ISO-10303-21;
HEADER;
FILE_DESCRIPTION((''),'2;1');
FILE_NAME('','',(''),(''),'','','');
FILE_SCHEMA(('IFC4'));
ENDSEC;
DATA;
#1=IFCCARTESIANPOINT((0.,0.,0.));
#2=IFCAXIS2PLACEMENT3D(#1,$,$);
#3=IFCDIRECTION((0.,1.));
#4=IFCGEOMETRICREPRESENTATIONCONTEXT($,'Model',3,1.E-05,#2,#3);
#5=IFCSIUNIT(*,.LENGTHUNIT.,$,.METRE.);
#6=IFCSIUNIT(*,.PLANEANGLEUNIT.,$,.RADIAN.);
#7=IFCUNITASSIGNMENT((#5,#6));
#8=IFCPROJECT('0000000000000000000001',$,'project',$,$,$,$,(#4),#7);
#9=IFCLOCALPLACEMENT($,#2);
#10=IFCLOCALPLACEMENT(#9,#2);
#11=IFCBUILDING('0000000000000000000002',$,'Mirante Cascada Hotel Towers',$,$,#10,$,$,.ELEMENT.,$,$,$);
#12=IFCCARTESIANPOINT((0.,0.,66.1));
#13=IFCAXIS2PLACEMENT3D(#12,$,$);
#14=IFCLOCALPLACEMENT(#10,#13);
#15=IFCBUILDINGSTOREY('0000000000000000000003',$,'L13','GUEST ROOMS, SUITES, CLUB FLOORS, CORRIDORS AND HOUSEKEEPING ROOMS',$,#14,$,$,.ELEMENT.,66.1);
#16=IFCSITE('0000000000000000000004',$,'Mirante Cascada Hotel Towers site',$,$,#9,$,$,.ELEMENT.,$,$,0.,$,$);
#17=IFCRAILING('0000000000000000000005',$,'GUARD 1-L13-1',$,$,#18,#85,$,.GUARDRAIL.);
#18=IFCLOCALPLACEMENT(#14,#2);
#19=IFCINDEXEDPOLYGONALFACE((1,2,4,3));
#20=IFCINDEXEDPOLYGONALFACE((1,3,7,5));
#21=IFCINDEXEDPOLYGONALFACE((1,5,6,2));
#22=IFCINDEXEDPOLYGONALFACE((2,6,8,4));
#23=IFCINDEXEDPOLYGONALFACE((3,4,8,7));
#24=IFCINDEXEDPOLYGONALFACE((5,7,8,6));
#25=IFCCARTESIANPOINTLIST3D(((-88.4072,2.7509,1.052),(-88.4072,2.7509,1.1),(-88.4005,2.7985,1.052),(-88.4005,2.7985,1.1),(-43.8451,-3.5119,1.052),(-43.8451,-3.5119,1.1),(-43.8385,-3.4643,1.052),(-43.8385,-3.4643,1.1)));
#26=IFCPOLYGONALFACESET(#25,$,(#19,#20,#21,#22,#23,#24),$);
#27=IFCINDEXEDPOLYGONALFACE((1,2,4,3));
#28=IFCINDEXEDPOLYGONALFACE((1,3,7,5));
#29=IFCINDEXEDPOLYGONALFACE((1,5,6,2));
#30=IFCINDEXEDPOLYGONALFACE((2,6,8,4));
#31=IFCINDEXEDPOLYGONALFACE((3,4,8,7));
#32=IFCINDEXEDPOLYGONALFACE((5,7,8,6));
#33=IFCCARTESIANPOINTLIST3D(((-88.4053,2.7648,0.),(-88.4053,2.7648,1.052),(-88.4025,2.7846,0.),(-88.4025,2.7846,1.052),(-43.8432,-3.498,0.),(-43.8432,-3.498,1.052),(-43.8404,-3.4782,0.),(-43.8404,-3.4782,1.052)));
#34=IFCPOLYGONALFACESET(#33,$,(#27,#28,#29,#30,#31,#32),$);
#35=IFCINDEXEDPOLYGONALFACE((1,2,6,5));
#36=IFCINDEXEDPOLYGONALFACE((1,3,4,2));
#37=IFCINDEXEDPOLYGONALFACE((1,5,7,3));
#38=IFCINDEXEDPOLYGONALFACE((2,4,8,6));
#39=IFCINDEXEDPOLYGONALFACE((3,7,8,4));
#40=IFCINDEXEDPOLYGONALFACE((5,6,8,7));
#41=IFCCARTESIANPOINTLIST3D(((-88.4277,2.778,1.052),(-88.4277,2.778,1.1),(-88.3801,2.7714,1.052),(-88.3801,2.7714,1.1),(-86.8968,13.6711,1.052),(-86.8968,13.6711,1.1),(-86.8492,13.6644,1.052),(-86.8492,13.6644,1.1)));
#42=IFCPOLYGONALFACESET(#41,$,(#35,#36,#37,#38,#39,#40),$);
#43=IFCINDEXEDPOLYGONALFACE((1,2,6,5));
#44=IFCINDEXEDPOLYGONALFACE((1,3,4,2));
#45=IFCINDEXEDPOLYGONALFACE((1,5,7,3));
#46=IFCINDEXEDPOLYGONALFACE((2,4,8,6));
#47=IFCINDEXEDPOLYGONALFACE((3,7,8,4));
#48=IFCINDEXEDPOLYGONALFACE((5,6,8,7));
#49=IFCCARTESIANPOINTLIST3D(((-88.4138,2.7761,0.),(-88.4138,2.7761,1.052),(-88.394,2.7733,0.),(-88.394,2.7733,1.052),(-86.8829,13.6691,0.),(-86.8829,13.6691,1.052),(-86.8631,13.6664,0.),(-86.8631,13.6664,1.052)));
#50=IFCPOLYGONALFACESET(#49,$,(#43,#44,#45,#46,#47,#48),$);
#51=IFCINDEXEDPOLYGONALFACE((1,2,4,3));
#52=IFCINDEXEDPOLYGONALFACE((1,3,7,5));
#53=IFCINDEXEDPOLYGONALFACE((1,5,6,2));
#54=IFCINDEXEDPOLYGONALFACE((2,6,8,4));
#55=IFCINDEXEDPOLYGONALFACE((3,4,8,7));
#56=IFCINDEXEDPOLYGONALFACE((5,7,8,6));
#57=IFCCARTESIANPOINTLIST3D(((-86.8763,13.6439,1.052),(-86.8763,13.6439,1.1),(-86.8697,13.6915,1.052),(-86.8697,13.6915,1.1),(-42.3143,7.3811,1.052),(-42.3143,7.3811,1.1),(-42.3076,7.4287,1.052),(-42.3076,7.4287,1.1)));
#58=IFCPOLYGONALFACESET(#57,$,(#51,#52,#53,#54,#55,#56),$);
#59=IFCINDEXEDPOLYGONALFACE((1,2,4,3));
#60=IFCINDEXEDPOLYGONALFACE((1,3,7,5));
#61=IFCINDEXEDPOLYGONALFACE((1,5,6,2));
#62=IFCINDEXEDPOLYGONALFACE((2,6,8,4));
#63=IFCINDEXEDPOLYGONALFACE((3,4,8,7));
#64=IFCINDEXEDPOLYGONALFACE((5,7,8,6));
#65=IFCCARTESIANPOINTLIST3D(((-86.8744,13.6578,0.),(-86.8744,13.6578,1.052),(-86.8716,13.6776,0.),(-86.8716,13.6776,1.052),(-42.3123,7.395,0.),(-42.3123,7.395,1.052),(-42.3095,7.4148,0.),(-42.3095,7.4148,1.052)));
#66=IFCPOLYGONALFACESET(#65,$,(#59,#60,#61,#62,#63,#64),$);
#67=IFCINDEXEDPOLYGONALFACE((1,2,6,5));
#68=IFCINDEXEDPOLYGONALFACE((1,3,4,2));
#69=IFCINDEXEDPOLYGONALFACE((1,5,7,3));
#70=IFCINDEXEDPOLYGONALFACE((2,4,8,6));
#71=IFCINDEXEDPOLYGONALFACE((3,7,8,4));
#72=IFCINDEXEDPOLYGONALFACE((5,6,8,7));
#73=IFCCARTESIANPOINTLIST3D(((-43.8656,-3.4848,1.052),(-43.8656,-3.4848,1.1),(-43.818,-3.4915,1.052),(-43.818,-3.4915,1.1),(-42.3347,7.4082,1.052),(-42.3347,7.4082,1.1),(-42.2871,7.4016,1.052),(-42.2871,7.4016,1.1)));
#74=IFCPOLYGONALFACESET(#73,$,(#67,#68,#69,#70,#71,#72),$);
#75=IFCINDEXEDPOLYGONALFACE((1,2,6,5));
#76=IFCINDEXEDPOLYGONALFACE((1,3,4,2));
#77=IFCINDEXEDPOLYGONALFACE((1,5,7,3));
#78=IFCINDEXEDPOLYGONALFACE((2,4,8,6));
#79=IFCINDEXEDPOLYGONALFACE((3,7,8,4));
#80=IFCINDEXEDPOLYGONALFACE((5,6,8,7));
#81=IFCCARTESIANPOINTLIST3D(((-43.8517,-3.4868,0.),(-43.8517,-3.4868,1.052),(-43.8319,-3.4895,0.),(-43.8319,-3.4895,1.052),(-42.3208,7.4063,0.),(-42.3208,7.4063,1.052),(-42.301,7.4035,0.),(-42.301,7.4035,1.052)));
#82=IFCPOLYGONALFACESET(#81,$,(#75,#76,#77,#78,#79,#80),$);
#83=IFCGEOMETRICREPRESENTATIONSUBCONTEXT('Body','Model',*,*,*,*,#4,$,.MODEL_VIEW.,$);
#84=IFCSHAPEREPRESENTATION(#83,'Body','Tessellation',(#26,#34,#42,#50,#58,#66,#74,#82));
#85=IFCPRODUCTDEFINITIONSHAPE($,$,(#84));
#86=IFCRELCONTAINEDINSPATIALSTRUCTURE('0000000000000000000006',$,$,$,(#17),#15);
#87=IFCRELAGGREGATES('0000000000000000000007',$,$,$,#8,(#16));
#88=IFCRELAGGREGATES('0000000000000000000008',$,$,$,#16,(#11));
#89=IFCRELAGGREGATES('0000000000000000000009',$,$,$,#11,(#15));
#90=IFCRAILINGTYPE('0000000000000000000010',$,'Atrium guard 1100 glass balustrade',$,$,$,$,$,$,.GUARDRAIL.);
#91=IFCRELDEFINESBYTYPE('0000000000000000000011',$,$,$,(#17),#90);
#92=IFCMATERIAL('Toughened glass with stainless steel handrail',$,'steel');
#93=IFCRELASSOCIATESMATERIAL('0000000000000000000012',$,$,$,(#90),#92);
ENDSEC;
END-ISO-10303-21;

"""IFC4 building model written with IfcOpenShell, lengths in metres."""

from ifc_helpers import new_model, si_unit, direction, frame, origin, origin_2d, place, context, subcontext, project, spatial, rectangle, extrude, material, type_object, element, save


model = new_model("IFC4")

# Units and contexts
model_context = context("Model", 3, precision=1e-05, world=origin(), true_north=direction((0.0, 1.0)))
body_context = subcontext(model_context, "Body", "Model", "MODEL_VIEW")
ifc_project = project(units=[si_unit("LENGTHUNIT", "METRE"), si_unit("PLANEANGLEUNIT", "RADIAN")], contexts=[model_context])

# Site, building, storey
site_placement = place(None, origin())
site = spatial("IfcSite", under=ifc_project, at=site_placement, Name="Mirante Cascada Hotel Towers site", CompositionType="ELEMENT", RefElevation=0.0)
building_placement = place(site_placement, origin())
building = spatial("IfcBuilding", under=site, at=building_placement, Name="Mirante Cascada Hotel Towers", CompositionType="ELEMENT")
storey_placement = place(building_placement, frame((0.0, 0.0, 66.1)))
storey = spatial("IfcBuildingStorey", under=building, at=storey_placement, Name="L13", Description="GUEST ROOMS, SUITES, CLUB FLOORS, CORRIDORS AND HOUSEKEEPING ROOMS", CompositionType="ELEMENT", Elevation=66.1)

# Railing
ifc_material_1 = material(Name="Toughened glass with stainless steel handrail", Category="steel")
railing_type = type_object("IfcRailingType", Name="Atrium guard 1100 glass balustrade", PredefinedType="GUARDRAIL", material=ifc_material_1)
railing_placement = place(storey_placement, frame((-43.8418, -3.4881, 0.0)))
element("IfcRailing", 1, at=railing_placement, inside=storey, type_object=railing_type, Name="GUARD 1-L13-1", PredefinedType="GUARDRAIL", context=body_context, shape_type="SweptSolid", body=[
    extrude(rectangle(XDim=0.048, YDim=0.048, at=origin_2d()), frame((0.0, 0.0, 1.076), z_axis=(-0.990268, 0.139173, 0.0), x_axis=(-0.139173, -0.990268, 0.0)), (0.0, 0.0, 1.0), 45.0),
    extrude(rectangle(XDim=0.02, YDim=1.052, at=origin_2d()), frame((0.0, 0.0, 0.526), z_axis=(-0.990268, 0.139173, 0.0), x_axis=(-0.139173, -0.990268, 0.0)), (0.0, 0.0, 1.0), 45.0),
    extrude(rectangle(XDim=0.048, YDim=0.048, at=origin_2d()), frame((-44.5621, 6.2628, 1.076), z_axis=(0.139172, 0.990268, 0.0), x_axis=(-0.990268, 0.139172, 0.0)), (0.0, 0.0, 1.0), 11.0001),
    extrude(rectangle(XDim=0.02, YDim=1.052, at=origin_2d()), frame((-44.5621, 6.2628, 0.526), z_axis=(0.139172, 0.990268, 0.0), x_axis=(-0.990268, 0.139172, 0.0)), (0.0, 0.0, 1.0), 11.0001),
    extrude(rectangle(XDim=0.048, YDim=0.048, at=origin_2d()), frame((-43.0312, 17.1558, 1.076), z_axis=(0.990268, -0.139173, 0.0), x_axis=(0.139173, 0.990268, 0.0)), (0.0, 0.0, 1.0), 45.0),
    extrude(rectangle(XDim=0.02, YDim=1.052, at=origin_2d()), frame((-43.0312, 17.1558, 0.526), z_axis=(0.990268, -0.139173, 0.0), x_axis=(0.139173, 0.990268, 0.0)), (0.0, 0.0, 1.0), 45.0),
    extrude(rectangle(XDim=0.048, YDim=0.048, at=origin_2d()), frame((1.5309, 10.893, 1.076), z_axis=(-0.139172, -0.990268, 0.0), x_axis=(0.990268, -0.139172, 0.0)), (0.0, 0.0, 1.0), 11.0001),
    extrude(rectangle(XDim=0.02, YDim=1.052, at=origin_2d()), frame((1.5309, 10.893, 0.526), z_axis=(-0.139172, -0.990268, 0.0), x_axis=(0.990268, -0.139172, 0.0)), (0.0, 0.0, 1.0), 11.0001),
])

save(model, "model.ifc")
